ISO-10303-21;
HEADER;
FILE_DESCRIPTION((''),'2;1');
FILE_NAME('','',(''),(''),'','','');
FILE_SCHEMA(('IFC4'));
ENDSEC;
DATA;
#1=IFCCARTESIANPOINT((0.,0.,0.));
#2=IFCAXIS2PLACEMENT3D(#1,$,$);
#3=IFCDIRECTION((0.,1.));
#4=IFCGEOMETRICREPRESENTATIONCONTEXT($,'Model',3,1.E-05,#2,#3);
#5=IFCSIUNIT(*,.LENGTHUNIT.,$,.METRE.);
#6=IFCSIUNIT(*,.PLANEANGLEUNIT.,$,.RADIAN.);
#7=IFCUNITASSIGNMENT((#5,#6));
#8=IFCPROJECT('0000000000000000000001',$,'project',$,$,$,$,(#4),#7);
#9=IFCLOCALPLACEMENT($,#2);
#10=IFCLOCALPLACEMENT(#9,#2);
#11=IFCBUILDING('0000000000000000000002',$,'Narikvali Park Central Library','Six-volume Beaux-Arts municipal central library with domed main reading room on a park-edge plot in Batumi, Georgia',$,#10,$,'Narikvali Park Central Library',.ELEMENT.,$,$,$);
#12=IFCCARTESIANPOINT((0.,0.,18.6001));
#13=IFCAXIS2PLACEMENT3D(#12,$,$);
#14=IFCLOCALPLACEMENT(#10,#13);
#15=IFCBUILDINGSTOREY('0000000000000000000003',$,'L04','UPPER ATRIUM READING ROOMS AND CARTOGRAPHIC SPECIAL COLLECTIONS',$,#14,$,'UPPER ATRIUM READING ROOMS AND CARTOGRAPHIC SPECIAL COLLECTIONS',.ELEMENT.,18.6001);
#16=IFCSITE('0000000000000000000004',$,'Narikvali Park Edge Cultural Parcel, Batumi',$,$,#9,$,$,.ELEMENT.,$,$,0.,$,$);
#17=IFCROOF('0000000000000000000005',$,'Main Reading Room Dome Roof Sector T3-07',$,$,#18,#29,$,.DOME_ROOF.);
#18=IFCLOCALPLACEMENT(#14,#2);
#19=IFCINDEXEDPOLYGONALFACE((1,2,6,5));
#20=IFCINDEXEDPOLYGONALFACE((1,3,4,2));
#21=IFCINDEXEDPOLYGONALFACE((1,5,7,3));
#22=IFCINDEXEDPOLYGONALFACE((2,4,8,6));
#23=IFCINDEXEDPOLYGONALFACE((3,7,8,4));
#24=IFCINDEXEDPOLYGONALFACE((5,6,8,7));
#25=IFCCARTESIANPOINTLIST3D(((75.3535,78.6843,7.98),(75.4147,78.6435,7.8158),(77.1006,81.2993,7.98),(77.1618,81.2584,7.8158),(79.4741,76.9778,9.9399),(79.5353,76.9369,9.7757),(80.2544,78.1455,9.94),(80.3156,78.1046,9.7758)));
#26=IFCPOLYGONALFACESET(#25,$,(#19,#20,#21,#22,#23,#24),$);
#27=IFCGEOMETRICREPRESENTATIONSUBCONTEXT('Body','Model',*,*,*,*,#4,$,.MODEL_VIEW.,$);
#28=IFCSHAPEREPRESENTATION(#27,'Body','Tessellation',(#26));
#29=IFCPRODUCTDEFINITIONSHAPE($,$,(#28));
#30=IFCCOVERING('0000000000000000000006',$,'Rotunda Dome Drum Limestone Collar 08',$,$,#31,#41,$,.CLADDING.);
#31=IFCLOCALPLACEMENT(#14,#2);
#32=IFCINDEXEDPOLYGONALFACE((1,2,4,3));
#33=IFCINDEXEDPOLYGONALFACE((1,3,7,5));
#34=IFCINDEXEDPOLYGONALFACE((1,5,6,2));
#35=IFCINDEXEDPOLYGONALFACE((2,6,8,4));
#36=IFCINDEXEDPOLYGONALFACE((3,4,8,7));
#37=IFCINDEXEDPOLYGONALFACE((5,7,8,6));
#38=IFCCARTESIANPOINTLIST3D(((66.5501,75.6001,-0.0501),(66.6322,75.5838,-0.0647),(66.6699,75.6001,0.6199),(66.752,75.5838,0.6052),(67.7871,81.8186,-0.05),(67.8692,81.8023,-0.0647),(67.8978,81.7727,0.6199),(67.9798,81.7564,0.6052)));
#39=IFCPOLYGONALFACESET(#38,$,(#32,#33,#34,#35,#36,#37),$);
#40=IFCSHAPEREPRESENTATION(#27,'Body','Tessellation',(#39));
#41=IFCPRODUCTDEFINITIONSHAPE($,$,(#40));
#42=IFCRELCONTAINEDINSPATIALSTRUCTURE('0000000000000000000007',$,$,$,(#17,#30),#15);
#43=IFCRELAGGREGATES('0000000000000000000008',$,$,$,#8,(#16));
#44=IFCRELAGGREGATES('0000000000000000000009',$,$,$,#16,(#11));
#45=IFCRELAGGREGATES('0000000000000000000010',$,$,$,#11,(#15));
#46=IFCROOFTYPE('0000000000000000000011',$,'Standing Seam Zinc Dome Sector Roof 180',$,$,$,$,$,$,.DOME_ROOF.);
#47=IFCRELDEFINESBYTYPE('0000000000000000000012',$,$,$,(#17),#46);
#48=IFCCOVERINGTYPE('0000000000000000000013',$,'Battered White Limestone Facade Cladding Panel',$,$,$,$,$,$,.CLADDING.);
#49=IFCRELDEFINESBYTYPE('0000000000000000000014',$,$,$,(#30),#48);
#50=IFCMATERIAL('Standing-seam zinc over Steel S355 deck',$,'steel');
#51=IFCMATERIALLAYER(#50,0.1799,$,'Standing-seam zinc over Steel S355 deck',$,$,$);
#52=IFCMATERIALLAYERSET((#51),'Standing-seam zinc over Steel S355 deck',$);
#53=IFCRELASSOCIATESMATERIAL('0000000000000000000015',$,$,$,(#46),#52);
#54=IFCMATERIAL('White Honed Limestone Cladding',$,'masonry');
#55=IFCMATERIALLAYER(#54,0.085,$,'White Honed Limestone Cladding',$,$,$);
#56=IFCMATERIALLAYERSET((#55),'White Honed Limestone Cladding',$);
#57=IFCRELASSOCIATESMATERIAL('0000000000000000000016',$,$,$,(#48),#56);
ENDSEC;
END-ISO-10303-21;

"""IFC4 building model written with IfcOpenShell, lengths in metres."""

from ifc_helpers import new_model, si_unit, direction, frame, origin, place, context, subcontext, project, spatial, polyline, outline, extrude, material, layer, layer_set, type_object, element, save


model = new_model("IFC4")

# Units and contexts
model_context = context("Model", 3, precision=1e-05, world=origin(), true_north=direction((0.0, 1.0)))
body_context = subcontext(model_context, "Body", "Model", "MODEL_VIEW")
ifc_project = project(units=[si_unit("LENGTHUNIT", "METRE"), si_unit("PLANEANGLEUNIT", "RADIAN")], contexts=[model_context])

# Site, building, storey
site_placement = place(None, origin())
site = spatial("IfcSite", under=ifc_project, at=site_placement, Name="Narikvali Park Edge Cultural Parcel, Batumi", CompositionType="ELEMENT", RefElevation=0.0)
building_placement = place(site_placement, origin())
building = spatial("IfcBuilding", under=site, at=building_placement, Name="Narikvali Park Central Library", Description="Six-volume Beaux-Arts municipal central library with domed main reading room on a park-edge plot in Batumi, Georgia", LongName="Narikvali Park Central Library", CompositionType="ELEMENT")
storey_placement = place(building_placement, frame((0.0, 0.0, 18.6001)))
storey = spatial("IfcBuildingStorey", under=building, at=storey_placement, Name="L04", Description="UPPER ATRIUM READING ROOMS AND CARTOGRAPHIC SPECIAL COLLECTIONS", LongName="UPPER ATRIUM READING ROOMS AND CARTOGRAPHIC SPECIAL COLLECTIONS", CompositionType="ELEMENT", Elevation=18.6001)

# Roof
ifc_material_1 = material(Name="Standing-seam zinc over Steel S355 deck", Category="steel")
ifc_layer_1 = layer(ifc_material_1, 0.1799, Name="Standing-seam zinc over Steel S355 deck")
ifc_layer_set_1 = layer_set([ifc_layer_1], Name="Standing-seam zinc over Steel S355 deck")
roof_type = type_object("IfcRoofType", Name="Standing Seam Zinc Dome Sector Roof 180", PredefinedType="DOME_ROOF", material=ifc_layer_set_1)
roof_1_placement = place(storey_placement, frame((77.1006, 81.2993, 7.98), z_axis=(-0.339987, 0.227155, 0.912584), x_axis=(-0.555527, -0.831498, 0.000008)))
element("IfcRoof", 1, at=roof_1_placement, inside=storey, type_object=roof_type, Name="Main Reading Room Dome Roof Sector T3-07", PredefinedType="DOME_ROOF", context=body_context, shape_type="SweptSolid", body=[
    extrude(outline(polyline([(0.0, 0.0), (3.1449, 0.0), (2.2748, 4.7933), (0.8704, 4.7934), (0.0, 0.0)])), origin(), (0.0, 0.0, -1.0), 0.1799),
])

# Covering
ifc_material_2 = material(Name="White Honed Limestone Cladding", Category="masonry")
ifc_layer_2 = layer(ifc_material_2, 0.085, Name="White Honed Limestone Cladding")
ifc_layer_set_2 = layer_set([ifc_layer_2], Name="White Honed Limestone Cladding")
covering_type = type_object("IfcCoveringType", Name="Battered White Limestone Facade Cladding Panel", PredefinedType="CLADDING", material=ifc_layer_set_2)
covering_placement = place(storey_placement, frame((67.7871, 81.8186, -0.05), z_axis=(-0.966038, 0.192165, 0.172753), x_axis=(-0.195098, -0.980784, -0.000002)))
element("IfcCovering", 2, at=covering_placement, inside=storey, type_object=covering_type, Name="Rotunda Dome Drum Limestone Collar 08", PredefinedType="CLADDING", context=body_context, shape_type="SweptSolid", body=[
    extrude(outline(polyline([(0.0, 0.0), (6.3404, 0.0), (6.317, 0.6802), (0.0234, 0.6801), (0.0, 0.0)])), origin(), (0.0, 0.0, -1.0), 0.085),
])

save(model, "model.ifc")
